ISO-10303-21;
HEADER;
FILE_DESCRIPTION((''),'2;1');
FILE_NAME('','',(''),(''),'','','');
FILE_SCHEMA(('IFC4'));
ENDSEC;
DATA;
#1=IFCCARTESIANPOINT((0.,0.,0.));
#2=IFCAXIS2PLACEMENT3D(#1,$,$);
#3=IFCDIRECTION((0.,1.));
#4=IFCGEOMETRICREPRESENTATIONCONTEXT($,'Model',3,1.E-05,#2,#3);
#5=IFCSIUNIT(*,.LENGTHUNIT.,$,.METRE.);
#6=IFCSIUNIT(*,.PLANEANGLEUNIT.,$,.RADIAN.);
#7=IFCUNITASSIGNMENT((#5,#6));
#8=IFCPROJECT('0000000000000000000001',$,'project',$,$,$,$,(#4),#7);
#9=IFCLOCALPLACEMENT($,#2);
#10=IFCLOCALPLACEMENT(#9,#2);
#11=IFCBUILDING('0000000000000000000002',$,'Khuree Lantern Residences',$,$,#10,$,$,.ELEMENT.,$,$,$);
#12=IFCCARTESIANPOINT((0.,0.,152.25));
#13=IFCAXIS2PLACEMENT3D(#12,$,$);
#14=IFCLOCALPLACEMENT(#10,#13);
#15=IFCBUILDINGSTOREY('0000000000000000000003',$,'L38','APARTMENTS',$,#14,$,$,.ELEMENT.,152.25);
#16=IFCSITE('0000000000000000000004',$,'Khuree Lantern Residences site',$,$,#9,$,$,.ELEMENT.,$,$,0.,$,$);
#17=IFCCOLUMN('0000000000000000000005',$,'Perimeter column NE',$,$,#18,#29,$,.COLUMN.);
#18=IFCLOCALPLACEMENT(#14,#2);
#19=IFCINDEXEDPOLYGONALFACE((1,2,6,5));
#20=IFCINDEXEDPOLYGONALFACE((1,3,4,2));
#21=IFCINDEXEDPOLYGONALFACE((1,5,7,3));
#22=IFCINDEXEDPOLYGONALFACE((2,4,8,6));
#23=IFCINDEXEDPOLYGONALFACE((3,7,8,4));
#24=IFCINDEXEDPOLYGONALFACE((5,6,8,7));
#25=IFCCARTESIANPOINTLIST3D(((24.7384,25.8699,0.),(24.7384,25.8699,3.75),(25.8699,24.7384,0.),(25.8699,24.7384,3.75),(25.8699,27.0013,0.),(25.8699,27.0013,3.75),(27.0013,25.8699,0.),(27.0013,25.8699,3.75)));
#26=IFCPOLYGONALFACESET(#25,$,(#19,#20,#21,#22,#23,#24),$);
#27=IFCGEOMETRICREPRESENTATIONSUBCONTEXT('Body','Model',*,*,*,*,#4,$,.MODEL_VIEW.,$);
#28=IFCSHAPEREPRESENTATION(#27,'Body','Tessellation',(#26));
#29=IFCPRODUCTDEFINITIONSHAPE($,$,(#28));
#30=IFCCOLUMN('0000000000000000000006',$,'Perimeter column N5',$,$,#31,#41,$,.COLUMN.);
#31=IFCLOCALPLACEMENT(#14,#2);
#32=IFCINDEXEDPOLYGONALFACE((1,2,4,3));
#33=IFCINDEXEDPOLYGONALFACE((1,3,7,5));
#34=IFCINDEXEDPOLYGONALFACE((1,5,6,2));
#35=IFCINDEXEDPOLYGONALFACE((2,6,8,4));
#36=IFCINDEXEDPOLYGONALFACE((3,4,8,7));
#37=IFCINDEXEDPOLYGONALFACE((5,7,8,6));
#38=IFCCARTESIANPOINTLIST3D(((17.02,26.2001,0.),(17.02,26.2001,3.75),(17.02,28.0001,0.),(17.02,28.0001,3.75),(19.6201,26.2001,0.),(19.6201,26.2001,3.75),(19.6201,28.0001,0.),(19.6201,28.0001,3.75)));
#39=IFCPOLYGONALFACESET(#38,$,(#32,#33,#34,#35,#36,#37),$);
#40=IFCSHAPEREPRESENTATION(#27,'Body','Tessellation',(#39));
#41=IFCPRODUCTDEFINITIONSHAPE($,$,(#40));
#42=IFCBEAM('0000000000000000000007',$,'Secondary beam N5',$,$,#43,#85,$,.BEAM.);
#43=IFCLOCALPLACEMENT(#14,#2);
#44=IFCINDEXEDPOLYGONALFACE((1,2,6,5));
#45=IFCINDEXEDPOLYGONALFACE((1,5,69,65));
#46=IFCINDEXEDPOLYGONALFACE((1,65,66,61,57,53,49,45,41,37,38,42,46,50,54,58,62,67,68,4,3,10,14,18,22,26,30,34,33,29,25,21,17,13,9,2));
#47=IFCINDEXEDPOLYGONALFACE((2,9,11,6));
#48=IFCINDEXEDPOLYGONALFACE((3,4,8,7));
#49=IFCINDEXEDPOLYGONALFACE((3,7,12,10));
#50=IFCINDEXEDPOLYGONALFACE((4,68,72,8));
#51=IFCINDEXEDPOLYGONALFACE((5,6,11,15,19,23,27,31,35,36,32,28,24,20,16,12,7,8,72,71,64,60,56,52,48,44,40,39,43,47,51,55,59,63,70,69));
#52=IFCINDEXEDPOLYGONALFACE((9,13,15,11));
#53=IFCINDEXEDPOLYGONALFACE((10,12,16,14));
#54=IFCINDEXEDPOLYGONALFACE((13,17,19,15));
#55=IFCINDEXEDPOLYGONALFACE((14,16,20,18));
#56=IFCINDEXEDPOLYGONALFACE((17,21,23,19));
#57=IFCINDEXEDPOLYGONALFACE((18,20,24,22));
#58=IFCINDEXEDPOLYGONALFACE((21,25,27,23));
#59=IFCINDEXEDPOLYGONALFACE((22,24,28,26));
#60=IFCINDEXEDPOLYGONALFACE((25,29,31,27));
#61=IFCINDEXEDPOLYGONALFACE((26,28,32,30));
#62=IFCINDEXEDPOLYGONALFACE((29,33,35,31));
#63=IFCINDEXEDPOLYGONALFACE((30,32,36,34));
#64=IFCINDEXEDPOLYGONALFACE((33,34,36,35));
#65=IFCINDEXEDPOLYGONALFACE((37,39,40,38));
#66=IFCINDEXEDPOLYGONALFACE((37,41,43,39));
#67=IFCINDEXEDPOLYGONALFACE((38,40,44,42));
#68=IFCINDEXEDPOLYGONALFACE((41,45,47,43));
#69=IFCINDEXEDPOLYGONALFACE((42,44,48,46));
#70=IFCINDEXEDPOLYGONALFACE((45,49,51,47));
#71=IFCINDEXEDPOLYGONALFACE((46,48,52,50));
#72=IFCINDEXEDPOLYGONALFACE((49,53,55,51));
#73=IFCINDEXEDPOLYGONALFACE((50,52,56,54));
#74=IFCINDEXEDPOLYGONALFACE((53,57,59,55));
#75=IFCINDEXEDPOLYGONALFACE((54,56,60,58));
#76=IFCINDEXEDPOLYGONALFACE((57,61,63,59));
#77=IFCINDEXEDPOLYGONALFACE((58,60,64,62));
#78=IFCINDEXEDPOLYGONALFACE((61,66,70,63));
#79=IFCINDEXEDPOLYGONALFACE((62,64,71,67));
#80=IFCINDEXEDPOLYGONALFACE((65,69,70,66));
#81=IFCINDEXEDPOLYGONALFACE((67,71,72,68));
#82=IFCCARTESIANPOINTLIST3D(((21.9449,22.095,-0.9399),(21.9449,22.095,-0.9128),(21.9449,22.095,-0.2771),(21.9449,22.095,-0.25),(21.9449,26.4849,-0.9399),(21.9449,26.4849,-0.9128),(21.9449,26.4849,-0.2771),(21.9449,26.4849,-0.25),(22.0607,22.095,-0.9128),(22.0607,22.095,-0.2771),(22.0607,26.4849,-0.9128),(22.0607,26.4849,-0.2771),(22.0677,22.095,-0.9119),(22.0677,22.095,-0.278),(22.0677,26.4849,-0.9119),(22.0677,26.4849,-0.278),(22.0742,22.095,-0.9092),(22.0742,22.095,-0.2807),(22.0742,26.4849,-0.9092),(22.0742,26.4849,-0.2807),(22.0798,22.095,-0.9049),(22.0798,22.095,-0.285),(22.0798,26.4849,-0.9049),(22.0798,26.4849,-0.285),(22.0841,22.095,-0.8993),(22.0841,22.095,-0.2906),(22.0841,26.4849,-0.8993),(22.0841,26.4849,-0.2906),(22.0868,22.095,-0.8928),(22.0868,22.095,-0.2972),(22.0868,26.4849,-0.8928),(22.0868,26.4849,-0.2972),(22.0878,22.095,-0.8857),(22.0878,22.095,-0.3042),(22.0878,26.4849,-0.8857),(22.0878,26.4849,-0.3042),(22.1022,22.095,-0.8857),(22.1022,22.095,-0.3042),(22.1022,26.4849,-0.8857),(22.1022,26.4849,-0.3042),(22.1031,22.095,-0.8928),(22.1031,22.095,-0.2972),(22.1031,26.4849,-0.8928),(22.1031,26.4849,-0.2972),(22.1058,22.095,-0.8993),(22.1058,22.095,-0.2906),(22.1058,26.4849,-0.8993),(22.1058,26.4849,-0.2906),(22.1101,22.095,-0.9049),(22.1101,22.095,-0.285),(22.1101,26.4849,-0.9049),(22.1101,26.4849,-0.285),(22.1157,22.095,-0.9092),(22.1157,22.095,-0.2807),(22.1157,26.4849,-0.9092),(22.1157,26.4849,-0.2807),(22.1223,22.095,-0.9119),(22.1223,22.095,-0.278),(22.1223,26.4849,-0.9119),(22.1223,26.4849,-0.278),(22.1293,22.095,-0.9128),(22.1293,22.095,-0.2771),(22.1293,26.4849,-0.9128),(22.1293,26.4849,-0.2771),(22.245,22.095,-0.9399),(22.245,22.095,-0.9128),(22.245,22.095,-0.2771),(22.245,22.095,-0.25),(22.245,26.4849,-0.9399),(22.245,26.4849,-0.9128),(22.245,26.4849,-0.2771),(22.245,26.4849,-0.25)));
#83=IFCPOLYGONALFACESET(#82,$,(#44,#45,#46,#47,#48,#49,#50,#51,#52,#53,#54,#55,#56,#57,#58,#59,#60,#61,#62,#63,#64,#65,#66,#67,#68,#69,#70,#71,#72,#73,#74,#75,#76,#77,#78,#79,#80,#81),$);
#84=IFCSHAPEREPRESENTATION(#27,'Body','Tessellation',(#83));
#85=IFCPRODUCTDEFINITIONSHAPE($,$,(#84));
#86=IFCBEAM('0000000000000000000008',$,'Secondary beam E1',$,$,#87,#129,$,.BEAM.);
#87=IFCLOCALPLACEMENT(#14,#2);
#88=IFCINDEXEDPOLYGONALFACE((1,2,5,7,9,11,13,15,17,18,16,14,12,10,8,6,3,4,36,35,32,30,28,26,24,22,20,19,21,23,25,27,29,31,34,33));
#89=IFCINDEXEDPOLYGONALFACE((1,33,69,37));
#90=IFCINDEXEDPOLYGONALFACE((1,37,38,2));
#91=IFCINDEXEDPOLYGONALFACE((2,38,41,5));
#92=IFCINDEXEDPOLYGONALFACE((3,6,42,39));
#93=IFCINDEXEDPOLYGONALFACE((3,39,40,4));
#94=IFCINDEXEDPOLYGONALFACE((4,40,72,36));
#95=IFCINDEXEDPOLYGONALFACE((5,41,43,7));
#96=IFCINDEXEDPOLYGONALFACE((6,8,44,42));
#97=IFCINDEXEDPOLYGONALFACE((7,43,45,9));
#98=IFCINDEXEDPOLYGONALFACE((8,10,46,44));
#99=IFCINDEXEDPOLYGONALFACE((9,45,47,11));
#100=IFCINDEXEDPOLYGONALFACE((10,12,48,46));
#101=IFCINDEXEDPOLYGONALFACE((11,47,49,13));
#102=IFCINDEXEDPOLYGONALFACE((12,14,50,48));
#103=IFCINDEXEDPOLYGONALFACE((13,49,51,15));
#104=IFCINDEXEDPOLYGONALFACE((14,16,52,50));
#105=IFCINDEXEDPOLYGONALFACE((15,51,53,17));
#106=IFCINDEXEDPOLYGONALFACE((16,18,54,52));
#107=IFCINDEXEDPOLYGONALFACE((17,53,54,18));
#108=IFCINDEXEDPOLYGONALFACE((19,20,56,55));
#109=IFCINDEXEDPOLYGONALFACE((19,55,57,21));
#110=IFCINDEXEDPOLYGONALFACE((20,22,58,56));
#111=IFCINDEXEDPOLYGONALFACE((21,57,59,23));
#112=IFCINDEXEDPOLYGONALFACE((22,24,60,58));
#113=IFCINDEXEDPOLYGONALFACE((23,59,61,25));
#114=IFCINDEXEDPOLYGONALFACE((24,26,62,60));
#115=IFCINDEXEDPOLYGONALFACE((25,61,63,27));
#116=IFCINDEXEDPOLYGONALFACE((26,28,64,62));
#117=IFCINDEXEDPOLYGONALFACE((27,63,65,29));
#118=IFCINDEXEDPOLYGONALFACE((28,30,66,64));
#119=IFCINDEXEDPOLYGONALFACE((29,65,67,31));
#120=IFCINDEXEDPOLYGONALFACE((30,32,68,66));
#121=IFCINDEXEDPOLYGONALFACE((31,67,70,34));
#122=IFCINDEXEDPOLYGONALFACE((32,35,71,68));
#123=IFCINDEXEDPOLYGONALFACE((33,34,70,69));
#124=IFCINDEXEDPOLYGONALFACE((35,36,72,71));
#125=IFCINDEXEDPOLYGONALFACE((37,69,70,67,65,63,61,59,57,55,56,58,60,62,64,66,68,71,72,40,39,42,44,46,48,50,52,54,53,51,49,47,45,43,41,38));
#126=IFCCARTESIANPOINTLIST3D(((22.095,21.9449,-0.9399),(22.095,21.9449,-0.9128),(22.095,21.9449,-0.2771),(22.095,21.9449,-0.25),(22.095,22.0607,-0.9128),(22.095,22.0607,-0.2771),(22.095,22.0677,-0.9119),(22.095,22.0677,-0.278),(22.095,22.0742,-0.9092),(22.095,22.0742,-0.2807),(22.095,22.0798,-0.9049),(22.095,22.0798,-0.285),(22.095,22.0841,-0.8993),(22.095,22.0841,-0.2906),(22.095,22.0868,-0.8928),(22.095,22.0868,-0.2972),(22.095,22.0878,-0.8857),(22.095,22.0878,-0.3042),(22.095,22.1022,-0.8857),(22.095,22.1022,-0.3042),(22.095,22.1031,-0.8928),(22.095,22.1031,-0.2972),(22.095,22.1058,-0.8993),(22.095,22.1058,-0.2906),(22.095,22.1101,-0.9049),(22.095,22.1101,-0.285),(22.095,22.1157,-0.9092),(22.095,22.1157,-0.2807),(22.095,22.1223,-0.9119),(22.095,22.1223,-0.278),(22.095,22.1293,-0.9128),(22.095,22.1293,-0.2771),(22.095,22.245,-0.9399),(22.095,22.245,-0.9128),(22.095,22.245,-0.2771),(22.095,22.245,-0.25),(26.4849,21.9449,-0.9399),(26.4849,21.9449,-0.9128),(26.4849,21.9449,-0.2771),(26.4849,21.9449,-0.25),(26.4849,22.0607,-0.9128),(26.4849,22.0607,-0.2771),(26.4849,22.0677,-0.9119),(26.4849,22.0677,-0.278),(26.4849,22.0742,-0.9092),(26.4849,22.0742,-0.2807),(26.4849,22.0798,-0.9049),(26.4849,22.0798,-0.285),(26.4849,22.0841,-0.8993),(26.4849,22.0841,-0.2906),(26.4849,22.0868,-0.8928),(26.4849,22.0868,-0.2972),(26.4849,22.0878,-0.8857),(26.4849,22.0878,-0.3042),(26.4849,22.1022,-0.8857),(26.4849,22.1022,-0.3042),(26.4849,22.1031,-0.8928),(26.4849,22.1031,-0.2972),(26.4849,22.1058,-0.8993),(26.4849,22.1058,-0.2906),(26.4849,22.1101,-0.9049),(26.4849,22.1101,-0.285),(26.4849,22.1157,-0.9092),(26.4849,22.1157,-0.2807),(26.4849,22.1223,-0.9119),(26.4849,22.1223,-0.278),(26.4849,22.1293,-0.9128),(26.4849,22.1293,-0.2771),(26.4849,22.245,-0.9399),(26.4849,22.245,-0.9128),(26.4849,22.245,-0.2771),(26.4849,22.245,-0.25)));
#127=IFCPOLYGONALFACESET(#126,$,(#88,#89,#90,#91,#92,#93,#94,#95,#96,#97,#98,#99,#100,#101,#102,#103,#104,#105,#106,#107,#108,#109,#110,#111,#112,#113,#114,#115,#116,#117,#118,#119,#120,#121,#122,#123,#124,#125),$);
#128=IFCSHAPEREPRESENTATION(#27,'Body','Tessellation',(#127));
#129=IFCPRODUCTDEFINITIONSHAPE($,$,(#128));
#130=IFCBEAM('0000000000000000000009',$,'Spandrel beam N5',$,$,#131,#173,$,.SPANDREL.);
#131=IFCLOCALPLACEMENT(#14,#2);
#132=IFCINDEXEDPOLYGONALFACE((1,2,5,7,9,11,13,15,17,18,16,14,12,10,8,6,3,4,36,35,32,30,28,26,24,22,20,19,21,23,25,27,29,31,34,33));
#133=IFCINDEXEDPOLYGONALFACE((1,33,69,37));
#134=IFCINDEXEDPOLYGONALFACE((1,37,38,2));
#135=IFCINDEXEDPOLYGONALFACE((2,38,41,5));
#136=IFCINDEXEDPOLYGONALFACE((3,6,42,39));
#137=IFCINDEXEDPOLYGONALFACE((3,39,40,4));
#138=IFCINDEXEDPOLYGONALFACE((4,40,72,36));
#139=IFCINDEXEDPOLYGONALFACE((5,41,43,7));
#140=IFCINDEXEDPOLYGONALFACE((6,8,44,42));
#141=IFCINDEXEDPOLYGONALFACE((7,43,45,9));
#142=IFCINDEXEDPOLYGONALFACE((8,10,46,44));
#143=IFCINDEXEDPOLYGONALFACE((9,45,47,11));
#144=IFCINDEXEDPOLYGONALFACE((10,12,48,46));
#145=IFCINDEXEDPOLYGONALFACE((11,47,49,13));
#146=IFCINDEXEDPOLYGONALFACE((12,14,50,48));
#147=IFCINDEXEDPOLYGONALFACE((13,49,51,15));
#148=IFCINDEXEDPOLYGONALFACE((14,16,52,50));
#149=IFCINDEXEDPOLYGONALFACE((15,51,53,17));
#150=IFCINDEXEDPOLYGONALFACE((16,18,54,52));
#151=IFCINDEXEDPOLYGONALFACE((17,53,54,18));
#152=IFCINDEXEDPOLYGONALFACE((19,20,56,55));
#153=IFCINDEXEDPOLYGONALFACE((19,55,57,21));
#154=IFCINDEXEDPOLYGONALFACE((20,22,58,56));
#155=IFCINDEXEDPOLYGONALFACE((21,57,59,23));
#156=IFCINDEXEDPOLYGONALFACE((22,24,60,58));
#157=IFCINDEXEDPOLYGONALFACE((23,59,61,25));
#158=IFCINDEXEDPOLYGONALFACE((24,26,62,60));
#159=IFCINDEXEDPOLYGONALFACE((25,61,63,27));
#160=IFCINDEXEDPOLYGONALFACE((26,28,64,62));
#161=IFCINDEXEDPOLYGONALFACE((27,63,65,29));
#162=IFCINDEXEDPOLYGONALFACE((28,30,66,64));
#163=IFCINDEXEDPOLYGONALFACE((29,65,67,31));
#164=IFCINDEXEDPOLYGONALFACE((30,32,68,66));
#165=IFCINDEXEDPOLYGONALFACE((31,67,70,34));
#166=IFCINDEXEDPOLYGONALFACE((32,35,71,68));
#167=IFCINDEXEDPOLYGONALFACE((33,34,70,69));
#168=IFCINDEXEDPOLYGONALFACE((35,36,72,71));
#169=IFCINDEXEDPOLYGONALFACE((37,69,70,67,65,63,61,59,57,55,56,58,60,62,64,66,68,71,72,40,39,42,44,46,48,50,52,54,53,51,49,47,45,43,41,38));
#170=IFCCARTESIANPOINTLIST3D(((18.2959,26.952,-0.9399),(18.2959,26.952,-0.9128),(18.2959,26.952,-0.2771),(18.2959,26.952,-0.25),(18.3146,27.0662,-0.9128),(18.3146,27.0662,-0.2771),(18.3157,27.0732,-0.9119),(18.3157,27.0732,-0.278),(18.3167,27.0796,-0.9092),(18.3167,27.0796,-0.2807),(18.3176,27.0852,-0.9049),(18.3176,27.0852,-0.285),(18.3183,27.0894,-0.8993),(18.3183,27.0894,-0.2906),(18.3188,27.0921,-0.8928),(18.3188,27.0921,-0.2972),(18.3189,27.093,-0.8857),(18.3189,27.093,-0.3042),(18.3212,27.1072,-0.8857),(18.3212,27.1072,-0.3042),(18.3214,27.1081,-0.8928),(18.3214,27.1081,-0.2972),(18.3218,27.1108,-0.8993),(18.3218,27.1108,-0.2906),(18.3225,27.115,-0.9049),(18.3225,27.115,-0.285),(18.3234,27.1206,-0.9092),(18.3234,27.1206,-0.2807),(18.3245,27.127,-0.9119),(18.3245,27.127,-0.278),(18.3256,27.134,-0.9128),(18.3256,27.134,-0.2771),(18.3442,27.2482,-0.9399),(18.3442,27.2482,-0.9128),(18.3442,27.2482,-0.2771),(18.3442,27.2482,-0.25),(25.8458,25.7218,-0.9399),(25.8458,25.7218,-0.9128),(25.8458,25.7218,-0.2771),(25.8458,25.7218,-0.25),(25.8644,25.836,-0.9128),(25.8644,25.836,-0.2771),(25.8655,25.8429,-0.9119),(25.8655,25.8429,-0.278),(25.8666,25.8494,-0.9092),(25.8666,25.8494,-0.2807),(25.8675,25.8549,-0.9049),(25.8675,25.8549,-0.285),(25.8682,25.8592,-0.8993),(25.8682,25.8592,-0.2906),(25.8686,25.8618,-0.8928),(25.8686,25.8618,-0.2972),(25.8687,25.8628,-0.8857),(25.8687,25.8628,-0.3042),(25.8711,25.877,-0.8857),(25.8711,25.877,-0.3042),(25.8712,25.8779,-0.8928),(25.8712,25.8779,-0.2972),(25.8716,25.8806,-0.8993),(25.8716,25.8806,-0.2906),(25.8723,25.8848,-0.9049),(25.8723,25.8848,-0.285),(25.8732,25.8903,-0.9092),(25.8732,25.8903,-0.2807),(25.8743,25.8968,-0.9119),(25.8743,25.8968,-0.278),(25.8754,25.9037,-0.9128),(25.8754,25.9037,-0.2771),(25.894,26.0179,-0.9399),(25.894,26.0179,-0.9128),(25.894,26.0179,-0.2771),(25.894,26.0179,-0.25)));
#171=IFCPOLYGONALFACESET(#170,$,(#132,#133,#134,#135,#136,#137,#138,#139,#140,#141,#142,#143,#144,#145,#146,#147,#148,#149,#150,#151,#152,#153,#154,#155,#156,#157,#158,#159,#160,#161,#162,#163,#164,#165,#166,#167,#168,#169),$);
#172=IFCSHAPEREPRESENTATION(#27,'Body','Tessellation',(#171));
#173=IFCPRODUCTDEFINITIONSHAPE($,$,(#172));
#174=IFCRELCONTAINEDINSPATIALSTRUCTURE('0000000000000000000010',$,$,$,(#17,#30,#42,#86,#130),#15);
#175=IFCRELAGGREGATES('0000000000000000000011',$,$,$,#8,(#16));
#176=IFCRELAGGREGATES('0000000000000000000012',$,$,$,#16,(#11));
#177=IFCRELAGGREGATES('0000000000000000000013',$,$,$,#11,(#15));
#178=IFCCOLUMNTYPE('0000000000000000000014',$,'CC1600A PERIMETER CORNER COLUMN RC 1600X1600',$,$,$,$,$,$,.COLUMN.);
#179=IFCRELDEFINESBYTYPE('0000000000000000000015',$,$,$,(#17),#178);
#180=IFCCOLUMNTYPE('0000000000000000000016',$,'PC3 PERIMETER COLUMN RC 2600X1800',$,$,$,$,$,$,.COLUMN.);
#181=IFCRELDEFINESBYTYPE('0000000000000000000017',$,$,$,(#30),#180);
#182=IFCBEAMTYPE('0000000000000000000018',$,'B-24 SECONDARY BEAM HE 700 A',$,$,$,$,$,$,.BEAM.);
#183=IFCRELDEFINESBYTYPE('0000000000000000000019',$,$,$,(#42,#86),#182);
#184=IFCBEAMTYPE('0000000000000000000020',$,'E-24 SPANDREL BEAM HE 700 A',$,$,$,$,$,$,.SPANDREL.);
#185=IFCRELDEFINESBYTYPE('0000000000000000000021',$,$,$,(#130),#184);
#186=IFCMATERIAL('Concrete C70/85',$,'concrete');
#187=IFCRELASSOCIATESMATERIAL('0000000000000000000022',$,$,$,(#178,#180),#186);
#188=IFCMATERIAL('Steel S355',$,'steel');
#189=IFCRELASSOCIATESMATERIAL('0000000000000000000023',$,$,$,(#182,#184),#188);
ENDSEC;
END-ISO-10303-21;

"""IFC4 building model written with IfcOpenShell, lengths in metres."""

from ifc_helpers import new_model, si_unit, direction, frame, origin, origin_2d, place, context, subcontext, project, spatial, rectangle, i_section, extrude, material, material_profile, profile_set, type_object, element, save


model = new_model("IFC4")

# Units and contexts
model_context = context("Model", 3, precision=1e-05, world=origin(), true_north=direction((0.0, 1.0)))
body_context = subcontext(model_context, "Body", "Model", "MODEL_VIEW")
ifc_project = project(units=[si_unit("LENGTHUNIT", "METRE"), si_unit("PLANEANGLEUNIT", "RADIAN")], contexts=[model_context])

# Site, building, storey
site_placement = place(None, origin())
site = spatial("IfcSite", under=ifc_project, at=site_placement, Name="Khuree Lantern Residences site", CompositionType="ELEMENT", RefElevation=0.0)
building_placement = place(site_placement, origin())
building = spatial("IfcBuilding", under=site, at=building_placement, Name="Khuree Lantern Residences", CompositionType="ELEMENT")
storey_placement = place(building_placement, frame((0.0, 0.0, 152.25)))
storey = spatial("IfcBuildingStorey", under=building, at=storey_placement, Name="L38", Description="APARTMENTS", CompositionType="ELEMENT", Elevation=152.25)

# Columns
ifc_material_1 = material(Name="Concrete C70/85", Category="concrete")
ifc_material_profile_1 = material_profile(ifc_material_1, rectangle(XDim=1.6001, YDim=1.6001, at=origin_2d()), Name="RC 1600X1600")
ifc_profile_set_1 = profile_set([ifc_material_profile_1], Name="Concrete C70/85")
column_type_1 = type_object("IfcColumnType", Name="CC1600A PERIMETER CORNER COLUMN RC 1600X1600", PredefinedType="COLUMN", material=ifc_profile_set_1)
column_1_placement = place(storey_placement, frame((25.8699, 25.8699, 0.0), z_axis=(0.0, 0.0, 1.0), x_axis=(0.707107, -0.707107, 0.0)))
element("IfcColumn", 1, at=column_1_placement, inside=storey, type_object=column_type_1, Name="Perimeter column NE", PredefinedType="COLUMN", context=body_context, shape_type="SweptSolid", body=[
    extrude(rectangle(XDim=1.6001, YDim=1.6001, at=origin_2d()), origin(), (0.0, 0.0, 1.0), 3.75),
])
ifc_material_profile_2 = material_profile(ifc_material_1, rectangle(XDim=2.6001, YDim=1.8, at=origin_2d()), Name="RC 2600X1800")
ifc_profile_set_2 = profile_set([ifc_material_profile_2], Name="Concrete C70/85")
column_type_2 = type_object("IfcColumnType", Name="PC3 PERIMETER COLUMN RC 2600X1800", PredefinedType="COLUMN", material=ifc_profile_set_2)
column_2_placement = place(storey_placement, frame((18.3201, 27.1001, 0.0), z_axis=(0.0, 0.0, 1.0), x_axis=(1.0, 0.0, 0.0)))
element("IfcColumn", 2, at=column_2_placement, inside=storey, type_object=column_type_2, Name="Perimeter column N5", PredefinedType="COLUMN", context=body_context, shape_type="SweptSolid", body=[
    extrude(rectangle(XDim=2.6001, YDim=1.8, at=origin_2d()), origin(), (0.0, 0.0, 1.0), 3.75),
])

# Beams
ifc_material_2 = material(Name="Steel S355", Category="steel")
ifc_material_profile_3 = material_profile(ifc_material_2, i_section(OverallWidth=0.3, OverallDepth=0.6899, WebThickness=0.0144, FlangeThickness=0.0271, FilletRadius=0.0271, at=origin_2d()), Name="HE 700 A")
ifc_profile_set_3 = profile_set([ifc_material_profile_3], Name="Steel S355")
beam_type_1 = type_object("IfcBeamType", Name="B-24 SECONDARY BEAM HE 700 A", PredefinedType="BEAM", material=ifc_profile_set_3)
for number, where, z_axis, x_axis, name in (
    (3, (22.095, 26.4849, -0.595), (0.0, -1.0, 0.0), (1.0, 0.0, 0.0), "Secondary beam N5"),
    (4, (26.4849, 22.095, -0.595), (-1.0, 0.0, 0.0), (0.0, -1.0, 0.0), "Secondary beam E1"),
):
    element("IfcBeam", number, at=place(storey_placement, frame(where, z_axis=z_axis, x_axis=x_axis)), inside=storey, type_object=beam_type_1, Name=name, PredefinedType="BEAM", context=body_context, shape_type="SweptSolid", body=[
        extrude(i_section(OverallWidth=0.3, OverallDepth=0.6899, WebThickness=0.0144, FlangeThickness=0.0271, FilletRadius=0.0271, at=origin_2d()), origin(), (0.0, 0.0, 1.0), 4.3899),
    ])
ifc_material_profile_4 = material_profile(ifc_material_2, i_section(OverallWidth=0.3, OverallDepth=0.6899, WebThickness=0.0144, FlangeThickness=0.0271, FilletRadius=0.0271, at=origin_2d()), Name="HE 700 A")
ifc_profile_set_4 = profile_set([ifc_material_profile_4], Name="Steel S355")
beam_type_2 = type_object("IfcBeamType", Name="E-24 SPANDREL BEAM HE 700 A", PredefinedType="SPANDREL", material=ifc_profile_set_4)
for number, where, z_axis, x_axis, name in (
    (5, (18.3201, 27.1001, -0.595), (0.986983, -0.160827, 0.0), (0.160827, 0.986983, 0.0), "Spandrel beam N5"),
):
    element("IfcBeam", number, at=place(storey_placement, frame(where, z_axis=z_axis, x_axis=x_axis)), inside=storey, type_object=beam_type_2, Name=name, PredefinedType="SPANDREL", context=body_context, shape_type="SweptSolid", body=[
        extrude(i_section(OverallWidth=0.3, OverallDepth=0.6899, WebThickness=0.0144, FlangeThickness=0.0271, FilletRadius=0.0271, at=origin_2d()), origin(), (0.0, 0.0, 1.0), 7.6494),
    ])

save(model, "model.ifc")
